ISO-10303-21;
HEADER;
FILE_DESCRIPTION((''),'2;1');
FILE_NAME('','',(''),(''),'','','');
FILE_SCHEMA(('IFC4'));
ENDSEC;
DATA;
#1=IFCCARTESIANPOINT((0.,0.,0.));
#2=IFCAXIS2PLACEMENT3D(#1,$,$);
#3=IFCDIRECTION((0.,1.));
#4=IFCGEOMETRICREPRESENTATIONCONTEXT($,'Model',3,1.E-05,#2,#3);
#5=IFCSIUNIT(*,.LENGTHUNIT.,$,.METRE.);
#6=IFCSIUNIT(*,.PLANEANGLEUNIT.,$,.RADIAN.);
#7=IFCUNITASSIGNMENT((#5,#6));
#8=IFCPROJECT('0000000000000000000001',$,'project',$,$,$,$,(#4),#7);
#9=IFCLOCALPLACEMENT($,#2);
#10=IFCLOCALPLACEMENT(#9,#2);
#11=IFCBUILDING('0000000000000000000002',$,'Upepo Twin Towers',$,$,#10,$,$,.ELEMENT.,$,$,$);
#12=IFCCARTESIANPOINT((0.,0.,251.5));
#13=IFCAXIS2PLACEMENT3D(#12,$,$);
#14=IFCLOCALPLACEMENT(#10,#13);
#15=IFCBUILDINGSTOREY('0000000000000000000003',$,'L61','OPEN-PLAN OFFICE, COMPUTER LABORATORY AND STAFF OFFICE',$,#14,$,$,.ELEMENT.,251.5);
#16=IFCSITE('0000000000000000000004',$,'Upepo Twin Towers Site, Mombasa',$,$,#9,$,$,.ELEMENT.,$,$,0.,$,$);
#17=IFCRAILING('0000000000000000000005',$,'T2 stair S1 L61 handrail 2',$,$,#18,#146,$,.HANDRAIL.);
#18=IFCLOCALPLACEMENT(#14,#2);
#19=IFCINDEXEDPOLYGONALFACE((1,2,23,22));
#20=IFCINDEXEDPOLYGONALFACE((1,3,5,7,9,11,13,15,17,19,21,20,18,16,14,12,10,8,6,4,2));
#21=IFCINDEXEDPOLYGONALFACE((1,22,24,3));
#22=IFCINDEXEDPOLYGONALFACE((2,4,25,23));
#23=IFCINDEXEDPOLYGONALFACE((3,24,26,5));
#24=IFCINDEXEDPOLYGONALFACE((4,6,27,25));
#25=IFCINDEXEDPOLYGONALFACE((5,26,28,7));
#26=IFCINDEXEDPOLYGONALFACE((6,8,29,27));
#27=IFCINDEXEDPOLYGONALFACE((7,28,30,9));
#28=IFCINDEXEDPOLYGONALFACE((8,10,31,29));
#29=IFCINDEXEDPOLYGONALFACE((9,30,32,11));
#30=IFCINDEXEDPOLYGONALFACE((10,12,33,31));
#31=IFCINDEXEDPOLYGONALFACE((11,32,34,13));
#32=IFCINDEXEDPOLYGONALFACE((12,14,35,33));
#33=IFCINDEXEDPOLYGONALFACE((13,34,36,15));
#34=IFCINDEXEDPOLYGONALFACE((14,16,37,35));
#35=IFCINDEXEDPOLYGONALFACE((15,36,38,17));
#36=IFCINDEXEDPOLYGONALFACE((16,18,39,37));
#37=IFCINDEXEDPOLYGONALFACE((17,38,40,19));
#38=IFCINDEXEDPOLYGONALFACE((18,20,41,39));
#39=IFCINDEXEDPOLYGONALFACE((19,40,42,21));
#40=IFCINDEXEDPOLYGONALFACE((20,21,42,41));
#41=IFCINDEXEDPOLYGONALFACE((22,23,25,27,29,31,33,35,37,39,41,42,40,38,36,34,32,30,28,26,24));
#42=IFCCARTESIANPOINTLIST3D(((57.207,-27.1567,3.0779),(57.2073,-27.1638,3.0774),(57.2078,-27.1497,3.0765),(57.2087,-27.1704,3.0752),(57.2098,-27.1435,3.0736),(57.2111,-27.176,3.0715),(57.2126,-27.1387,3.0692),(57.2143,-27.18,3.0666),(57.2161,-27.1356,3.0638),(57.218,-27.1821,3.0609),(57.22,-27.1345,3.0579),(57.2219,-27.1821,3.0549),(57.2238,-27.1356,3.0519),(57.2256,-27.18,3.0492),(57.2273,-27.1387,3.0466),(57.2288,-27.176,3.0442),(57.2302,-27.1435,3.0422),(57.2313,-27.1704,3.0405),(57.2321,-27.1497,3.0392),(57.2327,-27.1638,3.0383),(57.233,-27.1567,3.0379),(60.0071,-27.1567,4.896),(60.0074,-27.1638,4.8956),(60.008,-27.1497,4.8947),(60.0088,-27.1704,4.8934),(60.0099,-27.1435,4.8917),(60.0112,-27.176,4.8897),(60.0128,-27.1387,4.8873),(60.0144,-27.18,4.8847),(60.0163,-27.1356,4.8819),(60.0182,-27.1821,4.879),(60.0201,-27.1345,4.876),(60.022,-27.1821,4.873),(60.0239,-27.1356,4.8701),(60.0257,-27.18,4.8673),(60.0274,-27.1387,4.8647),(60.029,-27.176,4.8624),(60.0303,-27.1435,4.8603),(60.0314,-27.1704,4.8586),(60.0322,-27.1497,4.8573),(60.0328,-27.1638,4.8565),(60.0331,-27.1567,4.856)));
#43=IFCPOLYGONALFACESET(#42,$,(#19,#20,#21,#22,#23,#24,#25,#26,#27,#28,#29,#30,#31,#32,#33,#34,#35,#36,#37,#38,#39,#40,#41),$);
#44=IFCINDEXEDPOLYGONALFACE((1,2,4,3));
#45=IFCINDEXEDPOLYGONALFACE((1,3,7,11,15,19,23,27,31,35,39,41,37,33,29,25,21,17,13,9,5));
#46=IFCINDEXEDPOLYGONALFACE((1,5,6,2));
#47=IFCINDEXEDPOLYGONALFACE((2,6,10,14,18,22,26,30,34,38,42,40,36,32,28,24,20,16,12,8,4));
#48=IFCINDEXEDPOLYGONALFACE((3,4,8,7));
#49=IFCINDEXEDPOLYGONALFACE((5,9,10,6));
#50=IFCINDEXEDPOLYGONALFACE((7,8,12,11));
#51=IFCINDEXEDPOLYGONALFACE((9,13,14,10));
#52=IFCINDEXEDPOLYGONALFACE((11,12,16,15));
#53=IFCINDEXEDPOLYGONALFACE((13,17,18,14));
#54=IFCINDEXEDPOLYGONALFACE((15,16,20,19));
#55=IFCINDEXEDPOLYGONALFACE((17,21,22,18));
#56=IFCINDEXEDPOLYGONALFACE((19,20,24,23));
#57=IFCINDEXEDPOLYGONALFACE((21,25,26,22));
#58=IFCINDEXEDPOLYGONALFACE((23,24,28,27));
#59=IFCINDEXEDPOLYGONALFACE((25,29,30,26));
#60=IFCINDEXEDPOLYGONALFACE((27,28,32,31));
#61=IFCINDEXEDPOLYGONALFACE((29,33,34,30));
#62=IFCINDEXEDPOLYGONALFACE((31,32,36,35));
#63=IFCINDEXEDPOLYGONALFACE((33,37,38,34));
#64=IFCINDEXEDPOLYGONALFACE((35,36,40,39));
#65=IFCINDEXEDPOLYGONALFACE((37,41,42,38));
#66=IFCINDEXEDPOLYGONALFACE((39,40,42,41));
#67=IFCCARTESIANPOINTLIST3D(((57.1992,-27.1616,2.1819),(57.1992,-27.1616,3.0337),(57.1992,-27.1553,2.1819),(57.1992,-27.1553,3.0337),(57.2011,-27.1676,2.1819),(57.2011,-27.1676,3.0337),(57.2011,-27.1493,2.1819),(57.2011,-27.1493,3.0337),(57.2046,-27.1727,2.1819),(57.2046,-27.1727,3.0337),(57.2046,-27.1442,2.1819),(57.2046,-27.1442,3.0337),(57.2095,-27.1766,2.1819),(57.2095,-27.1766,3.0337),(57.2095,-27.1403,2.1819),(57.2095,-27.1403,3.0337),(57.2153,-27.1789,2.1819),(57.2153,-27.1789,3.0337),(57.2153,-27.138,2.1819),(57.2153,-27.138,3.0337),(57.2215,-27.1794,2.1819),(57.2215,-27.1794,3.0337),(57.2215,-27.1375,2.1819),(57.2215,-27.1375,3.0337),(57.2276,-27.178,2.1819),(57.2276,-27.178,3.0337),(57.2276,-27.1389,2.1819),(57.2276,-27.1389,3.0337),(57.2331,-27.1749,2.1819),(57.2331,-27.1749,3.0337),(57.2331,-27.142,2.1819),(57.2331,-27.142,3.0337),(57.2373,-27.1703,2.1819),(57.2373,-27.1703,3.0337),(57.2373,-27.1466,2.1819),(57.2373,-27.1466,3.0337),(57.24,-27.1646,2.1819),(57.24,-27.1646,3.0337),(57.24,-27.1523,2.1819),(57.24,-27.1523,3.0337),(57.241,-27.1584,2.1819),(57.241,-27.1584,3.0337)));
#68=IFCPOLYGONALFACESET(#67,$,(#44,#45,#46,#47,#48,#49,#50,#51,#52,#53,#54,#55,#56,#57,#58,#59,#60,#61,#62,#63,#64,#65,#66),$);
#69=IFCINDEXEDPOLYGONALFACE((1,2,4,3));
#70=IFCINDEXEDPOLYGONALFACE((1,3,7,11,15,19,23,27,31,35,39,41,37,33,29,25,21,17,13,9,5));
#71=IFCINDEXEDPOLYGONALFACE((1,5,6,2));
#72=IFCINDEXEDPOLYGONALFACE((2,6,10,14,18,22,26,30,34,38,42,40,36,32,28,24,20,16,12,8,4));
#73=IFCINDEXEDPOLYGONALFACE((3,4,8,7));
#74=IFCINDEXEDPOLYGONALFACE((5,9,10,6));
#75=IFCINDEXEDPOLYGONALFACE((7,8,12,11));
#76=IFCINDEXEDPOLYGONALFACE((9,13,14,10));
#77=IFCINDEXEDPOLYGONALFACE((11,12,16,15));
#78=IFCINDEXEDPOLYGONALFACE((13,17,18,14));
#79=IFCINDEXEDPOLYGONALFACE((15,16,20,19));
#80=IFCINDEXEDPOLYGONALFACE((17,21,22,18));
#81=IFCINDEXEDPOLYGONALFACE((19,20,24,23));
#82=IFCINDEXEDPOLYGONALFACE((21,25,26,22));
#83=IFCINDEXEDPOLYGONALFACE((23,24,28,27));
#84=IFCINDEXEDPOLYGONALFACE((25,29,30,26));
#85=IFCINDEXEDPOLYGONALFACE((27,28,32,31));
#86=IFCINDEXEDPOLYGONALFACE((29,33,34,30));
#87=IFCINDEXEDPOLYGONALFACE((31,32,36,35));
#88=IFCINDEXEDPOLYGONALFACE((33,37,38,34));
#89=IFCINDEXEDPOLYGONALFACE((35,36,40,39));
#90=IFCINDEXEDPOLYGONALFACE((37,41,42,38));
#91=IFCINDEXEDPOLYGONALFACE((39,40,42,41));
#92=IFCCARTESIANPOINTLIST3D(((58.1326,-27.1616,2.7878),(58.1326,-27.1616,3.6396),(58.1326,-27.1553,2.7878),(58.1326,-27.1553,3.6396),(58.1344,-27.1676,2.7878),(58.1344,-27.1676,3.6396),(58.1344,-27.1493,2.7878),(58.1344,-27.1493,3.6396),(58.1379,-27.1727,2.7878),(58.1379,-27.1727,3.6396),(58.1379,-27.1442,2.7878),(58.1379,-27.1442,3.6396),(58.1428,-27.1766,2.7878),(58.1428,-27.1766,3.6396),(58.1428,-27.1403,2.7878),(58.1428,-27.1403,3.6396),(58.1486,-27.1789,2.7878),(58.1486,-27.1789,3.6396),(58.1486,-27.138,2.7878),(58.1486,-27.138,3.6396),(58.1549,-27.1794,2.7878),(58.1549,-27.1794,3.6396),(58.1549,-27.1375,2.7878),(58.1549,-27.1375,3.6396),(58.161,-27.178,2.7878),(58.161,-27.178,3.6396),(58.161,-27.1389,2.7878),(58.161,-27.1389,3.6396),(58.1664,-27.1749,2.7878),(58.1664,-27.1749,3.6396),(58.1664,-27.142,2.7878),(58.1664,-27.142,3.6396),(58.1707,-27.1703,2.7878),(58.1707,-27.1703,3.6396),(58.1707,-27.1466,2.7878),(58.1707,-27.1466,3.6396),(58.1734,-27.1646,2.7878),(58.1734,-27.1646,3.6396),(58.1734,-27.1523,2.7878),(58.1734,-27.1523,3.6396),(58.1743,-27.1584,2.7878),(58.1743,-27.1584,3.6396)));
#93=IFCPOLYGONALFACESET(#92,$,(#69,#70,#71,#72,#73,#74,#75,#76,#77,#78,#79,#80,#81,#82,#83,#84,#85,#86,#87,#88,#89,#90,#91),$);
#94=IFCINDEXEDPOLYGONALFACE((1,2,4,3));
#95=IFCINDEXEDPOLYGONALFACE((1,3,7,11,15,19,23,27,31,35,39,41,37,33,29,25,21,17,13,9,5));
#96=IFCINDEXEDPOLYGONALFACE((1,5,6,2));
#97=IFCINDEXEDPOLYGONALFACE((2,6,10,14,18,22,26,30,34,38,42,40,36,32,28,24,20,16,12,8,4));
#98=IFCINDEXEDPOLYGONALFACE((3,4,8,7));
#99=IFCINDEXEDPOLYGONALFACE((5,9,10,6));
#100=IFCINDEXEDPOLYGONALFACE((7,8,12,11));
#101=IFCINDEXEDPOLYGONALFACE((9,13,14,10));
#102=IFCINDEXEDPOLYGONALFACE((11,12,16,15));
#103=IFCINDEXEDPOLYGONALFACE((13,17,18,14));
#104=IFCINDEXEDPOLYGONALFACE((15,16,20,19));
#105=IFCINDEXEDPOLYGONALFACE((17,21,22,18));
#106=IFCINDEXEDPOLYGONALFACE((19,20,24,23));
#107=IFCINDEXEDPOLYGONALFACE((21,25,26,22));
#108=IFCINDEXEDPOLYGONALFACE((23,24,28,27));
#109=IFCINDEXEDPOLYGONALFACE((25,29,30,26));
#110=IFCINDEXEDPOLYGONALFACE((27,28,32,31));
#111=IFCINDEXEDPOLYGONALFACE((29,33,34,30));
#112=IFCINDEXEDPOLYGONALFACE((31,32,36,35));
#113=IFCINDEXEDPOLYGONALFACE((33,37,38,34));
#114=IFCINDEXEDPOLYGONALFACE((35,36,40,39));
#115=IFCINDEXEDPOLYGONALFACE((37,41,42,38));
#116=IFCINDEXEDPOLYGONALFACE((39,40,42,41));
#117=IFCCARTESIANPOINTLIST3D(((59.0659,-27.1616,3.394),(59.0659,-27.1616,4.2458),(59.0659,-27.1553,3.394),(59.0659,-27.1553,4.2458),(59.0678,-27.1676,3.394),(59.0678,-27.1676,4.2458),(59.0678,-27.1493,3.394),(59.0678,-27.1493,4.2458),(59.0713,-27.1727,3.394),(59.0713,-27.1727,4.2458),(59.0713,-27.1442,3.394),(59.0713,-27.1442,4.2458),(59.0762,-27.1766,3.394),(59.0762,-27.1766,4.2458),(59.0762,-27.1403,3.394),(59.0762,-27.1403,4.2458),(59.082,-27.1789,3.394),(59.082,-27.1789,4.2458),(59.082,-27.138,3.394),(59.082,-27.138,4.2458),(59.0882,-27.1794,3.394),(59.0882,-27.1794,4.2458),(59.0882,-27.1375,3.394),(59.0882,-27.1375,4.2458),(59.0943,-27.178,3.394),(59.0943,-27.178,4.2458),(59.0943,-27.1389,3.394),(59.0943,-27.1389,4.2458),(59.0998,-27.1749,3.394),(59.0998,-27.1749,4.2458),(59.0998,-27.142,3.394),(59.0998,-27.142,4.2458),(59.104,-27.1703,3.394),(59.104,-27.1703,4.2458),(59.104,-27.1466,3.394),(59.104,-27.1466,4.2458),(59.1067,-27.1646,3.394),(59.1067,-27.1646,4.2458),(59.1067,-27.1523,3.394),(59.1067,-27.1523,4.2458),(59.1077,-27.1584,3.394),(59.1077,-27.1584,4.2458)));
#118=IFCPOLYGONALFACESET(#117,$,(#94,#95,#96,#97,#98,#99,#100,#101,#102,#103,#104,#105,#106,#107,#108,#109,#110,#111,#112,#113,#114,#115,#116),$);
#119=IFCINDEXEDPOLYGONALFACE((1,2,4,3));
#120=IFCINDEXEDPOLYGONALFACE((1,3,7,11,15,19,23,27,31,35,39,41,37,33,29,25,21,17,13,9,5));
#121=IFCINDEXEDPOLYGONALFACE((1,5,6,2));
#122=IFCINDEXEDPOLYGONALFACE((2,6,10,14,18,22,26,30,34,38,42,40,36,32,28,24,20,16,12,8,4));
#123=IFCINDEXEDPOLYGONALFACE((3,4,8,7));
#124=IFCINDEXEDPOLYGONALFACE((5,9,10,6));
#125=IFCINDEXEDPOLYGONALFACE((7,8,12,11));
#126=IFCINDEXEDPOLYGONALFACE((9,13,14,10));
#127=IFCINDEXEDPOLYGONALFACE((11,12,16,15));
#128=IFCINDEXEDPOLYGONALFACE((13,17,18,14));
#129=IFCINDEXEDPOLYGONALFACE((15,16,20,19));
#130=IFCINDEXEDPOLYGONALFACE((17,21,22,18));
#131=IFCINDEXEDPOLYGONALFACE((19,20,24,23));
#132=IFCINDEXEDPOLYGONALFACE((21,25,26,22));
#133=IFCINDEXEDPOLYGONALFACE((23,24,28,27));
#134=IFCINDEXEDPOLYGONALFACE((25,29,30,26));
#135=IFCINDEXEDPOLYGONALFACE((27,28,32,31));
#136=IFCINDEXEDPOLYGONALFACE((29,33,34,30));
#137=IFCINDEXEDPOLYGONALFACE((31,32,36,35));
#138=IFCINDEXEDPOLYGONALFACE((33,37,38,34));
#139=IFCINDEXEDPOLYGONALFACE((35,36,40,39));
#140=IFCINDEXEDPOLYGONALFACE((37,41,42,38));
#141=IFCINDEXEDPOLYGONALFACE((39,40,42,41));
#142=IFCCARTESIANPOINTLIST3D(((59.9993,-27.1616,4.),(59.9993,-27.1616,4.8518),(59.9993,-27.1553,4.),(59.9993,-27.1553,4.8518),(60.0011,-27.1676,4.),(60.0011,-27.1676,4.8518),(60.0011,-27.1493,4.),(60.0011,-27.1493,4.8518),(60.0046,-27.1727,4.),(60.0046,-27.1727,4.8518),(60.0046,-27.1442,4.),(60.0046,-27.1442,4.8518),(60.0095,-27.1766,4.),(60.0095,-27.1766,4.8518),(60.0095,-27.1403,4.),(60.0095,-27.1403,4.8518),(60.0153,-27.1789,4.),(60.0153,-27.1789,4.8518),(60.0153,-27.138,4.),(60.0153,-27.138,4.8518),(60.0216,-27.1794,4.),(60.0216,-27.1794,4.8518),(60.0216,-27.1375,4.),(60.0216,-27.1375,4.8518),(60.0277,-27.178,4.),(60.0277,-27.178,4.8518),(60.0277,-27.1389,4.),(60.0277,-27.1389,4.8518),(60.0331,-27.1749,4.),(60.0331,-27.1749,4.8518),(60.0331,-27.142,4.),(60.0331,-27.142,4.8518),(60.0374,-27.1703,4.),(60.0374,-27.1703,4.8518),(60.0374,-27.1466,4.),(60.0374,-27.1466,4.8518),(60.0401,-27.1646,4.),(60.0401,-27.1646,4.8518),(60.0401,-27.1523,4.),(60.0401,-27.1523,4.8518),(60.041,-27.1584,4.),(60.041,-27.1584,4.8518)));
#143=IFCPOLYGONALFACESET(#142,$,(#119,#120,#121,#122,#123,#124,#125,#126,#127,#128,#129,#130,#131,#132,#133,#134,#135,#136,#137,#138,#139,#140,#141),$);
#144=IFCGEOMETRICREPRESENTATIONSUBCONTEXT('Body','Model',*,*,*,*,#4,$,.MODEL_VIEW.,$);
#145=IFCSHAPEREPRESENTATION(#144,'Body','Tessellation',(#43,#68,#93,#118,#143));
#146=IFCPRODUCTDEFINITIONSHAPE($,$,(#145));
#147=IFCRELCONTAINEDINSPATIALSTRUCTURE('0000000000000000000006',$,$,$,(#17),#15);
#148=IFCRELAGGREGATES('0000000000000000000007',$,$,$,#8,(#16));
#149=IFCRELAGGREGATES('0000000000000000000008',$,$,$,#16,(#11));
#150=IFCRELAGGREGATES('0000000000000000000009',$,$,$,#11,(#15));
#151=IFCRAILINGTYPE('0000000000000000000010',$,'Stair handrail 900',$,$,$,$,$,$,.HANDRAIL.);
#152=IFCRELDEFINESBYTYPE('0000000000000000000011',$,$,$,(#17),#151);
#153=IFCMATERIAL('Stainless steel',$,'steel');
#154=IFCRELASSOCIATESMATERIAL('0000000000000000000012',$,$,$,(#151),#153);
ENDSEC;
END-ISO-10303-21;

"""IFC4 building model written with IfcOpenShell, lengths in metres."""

from ifc_helpers import new_model, si_unit, direction, frame, origin, origin_2d, place, context, subcontext, project, spatial, circle, extrude, material, type_object, element, save


model = new_model("IFC4")

# Units and contexts
model_context = context("Model", 3, precision=1e-05, world=origin(), true_north=direction((0.0, 1.0)))
body_context = subcontext(model_context, "Body", "Model", "MODEL_VIEW")
ifc_project = project(units=[si_unit("LENGTHUNIT", "METRE"), si_unit("PLANEANGLEUNIT", "RADIAN")], contexts=[model_context])

# Site, building, storey
site_placement = place(None, origin())
site = spatial("IfcSite", under=ifc_project, at=site_placement, Name="Upepo Twin Towers Site, Mombasa", CompositionType="ELEMENT", RefElevation=0.0)
building_placement = place(site_placement, origin())
building = spatial("IfcBuilding", under=site, at=building_placement, Name="Upepo Twin Towers", CompositionType="ELEMENT")
storey_placement = place(building_placement, frame((0.0, 0.0, 251.5)))
storey = spatial("IfcBuildingStorey", under=building, at=storey_placement, Name="L61", Description="OPEN-PLAN OFFICE, COMPUTER LABORATORY AND STAFF OFFICE", CompositionType="ELEMENT", Elevation=251.5)

# Railing
ifc_material_1 = material(Name="Stainless steel", Category="steel")
railing_type = type_object("IfcRailingType", Name="Stair handrail 900", PredefinedType="HANDRAIL", material=ifc_material_1)
railing_1_placement = place(storey_placement, frame((57.22, -27.1584, 2.1819)))
element("IfcRailing", 1, at=railing_1_placement, inside=storey, type_object=railing_type, Name="T2 stair S1 L61 handrail 2", PredefinedType="HANDRAIL", context=body_context, shape_type="SweptSolid", body=[
    extrude(circle(Radius=0.0239, at=origin_2d()), frame((0.0, 0.0, 0.876), z_axis=(0.838706, 0.0, 0.544585), x_axis=(0.0, 1.0, 0.0)), (0.0, 0.0, 1.0), 3.3386),
    extrude(circle(Radius=0.021, at=origin_2d()), origin(), (0.0, 0.0, 1.0), 0.8518),
    extrude(circle(Radius=0.021, at=origin_2d()), frame((0.9333, 0.0, 0.606)), (0.0, 0.0, 1.0), 0.8518),
    extrude(circle(Radius=0.021, at=origin_2d()), frame((1.8667, 0.0, 1.2122)), (0.0, 0.0, 1.0), 0.8518),
    extrude(circle(Radius=0.021, at=origin_2d()), frame((2.8, 0.0, 1.8181)), (0.0, 0.0, 1.0), 0.8518),
])

save(model, "model.ifc")
